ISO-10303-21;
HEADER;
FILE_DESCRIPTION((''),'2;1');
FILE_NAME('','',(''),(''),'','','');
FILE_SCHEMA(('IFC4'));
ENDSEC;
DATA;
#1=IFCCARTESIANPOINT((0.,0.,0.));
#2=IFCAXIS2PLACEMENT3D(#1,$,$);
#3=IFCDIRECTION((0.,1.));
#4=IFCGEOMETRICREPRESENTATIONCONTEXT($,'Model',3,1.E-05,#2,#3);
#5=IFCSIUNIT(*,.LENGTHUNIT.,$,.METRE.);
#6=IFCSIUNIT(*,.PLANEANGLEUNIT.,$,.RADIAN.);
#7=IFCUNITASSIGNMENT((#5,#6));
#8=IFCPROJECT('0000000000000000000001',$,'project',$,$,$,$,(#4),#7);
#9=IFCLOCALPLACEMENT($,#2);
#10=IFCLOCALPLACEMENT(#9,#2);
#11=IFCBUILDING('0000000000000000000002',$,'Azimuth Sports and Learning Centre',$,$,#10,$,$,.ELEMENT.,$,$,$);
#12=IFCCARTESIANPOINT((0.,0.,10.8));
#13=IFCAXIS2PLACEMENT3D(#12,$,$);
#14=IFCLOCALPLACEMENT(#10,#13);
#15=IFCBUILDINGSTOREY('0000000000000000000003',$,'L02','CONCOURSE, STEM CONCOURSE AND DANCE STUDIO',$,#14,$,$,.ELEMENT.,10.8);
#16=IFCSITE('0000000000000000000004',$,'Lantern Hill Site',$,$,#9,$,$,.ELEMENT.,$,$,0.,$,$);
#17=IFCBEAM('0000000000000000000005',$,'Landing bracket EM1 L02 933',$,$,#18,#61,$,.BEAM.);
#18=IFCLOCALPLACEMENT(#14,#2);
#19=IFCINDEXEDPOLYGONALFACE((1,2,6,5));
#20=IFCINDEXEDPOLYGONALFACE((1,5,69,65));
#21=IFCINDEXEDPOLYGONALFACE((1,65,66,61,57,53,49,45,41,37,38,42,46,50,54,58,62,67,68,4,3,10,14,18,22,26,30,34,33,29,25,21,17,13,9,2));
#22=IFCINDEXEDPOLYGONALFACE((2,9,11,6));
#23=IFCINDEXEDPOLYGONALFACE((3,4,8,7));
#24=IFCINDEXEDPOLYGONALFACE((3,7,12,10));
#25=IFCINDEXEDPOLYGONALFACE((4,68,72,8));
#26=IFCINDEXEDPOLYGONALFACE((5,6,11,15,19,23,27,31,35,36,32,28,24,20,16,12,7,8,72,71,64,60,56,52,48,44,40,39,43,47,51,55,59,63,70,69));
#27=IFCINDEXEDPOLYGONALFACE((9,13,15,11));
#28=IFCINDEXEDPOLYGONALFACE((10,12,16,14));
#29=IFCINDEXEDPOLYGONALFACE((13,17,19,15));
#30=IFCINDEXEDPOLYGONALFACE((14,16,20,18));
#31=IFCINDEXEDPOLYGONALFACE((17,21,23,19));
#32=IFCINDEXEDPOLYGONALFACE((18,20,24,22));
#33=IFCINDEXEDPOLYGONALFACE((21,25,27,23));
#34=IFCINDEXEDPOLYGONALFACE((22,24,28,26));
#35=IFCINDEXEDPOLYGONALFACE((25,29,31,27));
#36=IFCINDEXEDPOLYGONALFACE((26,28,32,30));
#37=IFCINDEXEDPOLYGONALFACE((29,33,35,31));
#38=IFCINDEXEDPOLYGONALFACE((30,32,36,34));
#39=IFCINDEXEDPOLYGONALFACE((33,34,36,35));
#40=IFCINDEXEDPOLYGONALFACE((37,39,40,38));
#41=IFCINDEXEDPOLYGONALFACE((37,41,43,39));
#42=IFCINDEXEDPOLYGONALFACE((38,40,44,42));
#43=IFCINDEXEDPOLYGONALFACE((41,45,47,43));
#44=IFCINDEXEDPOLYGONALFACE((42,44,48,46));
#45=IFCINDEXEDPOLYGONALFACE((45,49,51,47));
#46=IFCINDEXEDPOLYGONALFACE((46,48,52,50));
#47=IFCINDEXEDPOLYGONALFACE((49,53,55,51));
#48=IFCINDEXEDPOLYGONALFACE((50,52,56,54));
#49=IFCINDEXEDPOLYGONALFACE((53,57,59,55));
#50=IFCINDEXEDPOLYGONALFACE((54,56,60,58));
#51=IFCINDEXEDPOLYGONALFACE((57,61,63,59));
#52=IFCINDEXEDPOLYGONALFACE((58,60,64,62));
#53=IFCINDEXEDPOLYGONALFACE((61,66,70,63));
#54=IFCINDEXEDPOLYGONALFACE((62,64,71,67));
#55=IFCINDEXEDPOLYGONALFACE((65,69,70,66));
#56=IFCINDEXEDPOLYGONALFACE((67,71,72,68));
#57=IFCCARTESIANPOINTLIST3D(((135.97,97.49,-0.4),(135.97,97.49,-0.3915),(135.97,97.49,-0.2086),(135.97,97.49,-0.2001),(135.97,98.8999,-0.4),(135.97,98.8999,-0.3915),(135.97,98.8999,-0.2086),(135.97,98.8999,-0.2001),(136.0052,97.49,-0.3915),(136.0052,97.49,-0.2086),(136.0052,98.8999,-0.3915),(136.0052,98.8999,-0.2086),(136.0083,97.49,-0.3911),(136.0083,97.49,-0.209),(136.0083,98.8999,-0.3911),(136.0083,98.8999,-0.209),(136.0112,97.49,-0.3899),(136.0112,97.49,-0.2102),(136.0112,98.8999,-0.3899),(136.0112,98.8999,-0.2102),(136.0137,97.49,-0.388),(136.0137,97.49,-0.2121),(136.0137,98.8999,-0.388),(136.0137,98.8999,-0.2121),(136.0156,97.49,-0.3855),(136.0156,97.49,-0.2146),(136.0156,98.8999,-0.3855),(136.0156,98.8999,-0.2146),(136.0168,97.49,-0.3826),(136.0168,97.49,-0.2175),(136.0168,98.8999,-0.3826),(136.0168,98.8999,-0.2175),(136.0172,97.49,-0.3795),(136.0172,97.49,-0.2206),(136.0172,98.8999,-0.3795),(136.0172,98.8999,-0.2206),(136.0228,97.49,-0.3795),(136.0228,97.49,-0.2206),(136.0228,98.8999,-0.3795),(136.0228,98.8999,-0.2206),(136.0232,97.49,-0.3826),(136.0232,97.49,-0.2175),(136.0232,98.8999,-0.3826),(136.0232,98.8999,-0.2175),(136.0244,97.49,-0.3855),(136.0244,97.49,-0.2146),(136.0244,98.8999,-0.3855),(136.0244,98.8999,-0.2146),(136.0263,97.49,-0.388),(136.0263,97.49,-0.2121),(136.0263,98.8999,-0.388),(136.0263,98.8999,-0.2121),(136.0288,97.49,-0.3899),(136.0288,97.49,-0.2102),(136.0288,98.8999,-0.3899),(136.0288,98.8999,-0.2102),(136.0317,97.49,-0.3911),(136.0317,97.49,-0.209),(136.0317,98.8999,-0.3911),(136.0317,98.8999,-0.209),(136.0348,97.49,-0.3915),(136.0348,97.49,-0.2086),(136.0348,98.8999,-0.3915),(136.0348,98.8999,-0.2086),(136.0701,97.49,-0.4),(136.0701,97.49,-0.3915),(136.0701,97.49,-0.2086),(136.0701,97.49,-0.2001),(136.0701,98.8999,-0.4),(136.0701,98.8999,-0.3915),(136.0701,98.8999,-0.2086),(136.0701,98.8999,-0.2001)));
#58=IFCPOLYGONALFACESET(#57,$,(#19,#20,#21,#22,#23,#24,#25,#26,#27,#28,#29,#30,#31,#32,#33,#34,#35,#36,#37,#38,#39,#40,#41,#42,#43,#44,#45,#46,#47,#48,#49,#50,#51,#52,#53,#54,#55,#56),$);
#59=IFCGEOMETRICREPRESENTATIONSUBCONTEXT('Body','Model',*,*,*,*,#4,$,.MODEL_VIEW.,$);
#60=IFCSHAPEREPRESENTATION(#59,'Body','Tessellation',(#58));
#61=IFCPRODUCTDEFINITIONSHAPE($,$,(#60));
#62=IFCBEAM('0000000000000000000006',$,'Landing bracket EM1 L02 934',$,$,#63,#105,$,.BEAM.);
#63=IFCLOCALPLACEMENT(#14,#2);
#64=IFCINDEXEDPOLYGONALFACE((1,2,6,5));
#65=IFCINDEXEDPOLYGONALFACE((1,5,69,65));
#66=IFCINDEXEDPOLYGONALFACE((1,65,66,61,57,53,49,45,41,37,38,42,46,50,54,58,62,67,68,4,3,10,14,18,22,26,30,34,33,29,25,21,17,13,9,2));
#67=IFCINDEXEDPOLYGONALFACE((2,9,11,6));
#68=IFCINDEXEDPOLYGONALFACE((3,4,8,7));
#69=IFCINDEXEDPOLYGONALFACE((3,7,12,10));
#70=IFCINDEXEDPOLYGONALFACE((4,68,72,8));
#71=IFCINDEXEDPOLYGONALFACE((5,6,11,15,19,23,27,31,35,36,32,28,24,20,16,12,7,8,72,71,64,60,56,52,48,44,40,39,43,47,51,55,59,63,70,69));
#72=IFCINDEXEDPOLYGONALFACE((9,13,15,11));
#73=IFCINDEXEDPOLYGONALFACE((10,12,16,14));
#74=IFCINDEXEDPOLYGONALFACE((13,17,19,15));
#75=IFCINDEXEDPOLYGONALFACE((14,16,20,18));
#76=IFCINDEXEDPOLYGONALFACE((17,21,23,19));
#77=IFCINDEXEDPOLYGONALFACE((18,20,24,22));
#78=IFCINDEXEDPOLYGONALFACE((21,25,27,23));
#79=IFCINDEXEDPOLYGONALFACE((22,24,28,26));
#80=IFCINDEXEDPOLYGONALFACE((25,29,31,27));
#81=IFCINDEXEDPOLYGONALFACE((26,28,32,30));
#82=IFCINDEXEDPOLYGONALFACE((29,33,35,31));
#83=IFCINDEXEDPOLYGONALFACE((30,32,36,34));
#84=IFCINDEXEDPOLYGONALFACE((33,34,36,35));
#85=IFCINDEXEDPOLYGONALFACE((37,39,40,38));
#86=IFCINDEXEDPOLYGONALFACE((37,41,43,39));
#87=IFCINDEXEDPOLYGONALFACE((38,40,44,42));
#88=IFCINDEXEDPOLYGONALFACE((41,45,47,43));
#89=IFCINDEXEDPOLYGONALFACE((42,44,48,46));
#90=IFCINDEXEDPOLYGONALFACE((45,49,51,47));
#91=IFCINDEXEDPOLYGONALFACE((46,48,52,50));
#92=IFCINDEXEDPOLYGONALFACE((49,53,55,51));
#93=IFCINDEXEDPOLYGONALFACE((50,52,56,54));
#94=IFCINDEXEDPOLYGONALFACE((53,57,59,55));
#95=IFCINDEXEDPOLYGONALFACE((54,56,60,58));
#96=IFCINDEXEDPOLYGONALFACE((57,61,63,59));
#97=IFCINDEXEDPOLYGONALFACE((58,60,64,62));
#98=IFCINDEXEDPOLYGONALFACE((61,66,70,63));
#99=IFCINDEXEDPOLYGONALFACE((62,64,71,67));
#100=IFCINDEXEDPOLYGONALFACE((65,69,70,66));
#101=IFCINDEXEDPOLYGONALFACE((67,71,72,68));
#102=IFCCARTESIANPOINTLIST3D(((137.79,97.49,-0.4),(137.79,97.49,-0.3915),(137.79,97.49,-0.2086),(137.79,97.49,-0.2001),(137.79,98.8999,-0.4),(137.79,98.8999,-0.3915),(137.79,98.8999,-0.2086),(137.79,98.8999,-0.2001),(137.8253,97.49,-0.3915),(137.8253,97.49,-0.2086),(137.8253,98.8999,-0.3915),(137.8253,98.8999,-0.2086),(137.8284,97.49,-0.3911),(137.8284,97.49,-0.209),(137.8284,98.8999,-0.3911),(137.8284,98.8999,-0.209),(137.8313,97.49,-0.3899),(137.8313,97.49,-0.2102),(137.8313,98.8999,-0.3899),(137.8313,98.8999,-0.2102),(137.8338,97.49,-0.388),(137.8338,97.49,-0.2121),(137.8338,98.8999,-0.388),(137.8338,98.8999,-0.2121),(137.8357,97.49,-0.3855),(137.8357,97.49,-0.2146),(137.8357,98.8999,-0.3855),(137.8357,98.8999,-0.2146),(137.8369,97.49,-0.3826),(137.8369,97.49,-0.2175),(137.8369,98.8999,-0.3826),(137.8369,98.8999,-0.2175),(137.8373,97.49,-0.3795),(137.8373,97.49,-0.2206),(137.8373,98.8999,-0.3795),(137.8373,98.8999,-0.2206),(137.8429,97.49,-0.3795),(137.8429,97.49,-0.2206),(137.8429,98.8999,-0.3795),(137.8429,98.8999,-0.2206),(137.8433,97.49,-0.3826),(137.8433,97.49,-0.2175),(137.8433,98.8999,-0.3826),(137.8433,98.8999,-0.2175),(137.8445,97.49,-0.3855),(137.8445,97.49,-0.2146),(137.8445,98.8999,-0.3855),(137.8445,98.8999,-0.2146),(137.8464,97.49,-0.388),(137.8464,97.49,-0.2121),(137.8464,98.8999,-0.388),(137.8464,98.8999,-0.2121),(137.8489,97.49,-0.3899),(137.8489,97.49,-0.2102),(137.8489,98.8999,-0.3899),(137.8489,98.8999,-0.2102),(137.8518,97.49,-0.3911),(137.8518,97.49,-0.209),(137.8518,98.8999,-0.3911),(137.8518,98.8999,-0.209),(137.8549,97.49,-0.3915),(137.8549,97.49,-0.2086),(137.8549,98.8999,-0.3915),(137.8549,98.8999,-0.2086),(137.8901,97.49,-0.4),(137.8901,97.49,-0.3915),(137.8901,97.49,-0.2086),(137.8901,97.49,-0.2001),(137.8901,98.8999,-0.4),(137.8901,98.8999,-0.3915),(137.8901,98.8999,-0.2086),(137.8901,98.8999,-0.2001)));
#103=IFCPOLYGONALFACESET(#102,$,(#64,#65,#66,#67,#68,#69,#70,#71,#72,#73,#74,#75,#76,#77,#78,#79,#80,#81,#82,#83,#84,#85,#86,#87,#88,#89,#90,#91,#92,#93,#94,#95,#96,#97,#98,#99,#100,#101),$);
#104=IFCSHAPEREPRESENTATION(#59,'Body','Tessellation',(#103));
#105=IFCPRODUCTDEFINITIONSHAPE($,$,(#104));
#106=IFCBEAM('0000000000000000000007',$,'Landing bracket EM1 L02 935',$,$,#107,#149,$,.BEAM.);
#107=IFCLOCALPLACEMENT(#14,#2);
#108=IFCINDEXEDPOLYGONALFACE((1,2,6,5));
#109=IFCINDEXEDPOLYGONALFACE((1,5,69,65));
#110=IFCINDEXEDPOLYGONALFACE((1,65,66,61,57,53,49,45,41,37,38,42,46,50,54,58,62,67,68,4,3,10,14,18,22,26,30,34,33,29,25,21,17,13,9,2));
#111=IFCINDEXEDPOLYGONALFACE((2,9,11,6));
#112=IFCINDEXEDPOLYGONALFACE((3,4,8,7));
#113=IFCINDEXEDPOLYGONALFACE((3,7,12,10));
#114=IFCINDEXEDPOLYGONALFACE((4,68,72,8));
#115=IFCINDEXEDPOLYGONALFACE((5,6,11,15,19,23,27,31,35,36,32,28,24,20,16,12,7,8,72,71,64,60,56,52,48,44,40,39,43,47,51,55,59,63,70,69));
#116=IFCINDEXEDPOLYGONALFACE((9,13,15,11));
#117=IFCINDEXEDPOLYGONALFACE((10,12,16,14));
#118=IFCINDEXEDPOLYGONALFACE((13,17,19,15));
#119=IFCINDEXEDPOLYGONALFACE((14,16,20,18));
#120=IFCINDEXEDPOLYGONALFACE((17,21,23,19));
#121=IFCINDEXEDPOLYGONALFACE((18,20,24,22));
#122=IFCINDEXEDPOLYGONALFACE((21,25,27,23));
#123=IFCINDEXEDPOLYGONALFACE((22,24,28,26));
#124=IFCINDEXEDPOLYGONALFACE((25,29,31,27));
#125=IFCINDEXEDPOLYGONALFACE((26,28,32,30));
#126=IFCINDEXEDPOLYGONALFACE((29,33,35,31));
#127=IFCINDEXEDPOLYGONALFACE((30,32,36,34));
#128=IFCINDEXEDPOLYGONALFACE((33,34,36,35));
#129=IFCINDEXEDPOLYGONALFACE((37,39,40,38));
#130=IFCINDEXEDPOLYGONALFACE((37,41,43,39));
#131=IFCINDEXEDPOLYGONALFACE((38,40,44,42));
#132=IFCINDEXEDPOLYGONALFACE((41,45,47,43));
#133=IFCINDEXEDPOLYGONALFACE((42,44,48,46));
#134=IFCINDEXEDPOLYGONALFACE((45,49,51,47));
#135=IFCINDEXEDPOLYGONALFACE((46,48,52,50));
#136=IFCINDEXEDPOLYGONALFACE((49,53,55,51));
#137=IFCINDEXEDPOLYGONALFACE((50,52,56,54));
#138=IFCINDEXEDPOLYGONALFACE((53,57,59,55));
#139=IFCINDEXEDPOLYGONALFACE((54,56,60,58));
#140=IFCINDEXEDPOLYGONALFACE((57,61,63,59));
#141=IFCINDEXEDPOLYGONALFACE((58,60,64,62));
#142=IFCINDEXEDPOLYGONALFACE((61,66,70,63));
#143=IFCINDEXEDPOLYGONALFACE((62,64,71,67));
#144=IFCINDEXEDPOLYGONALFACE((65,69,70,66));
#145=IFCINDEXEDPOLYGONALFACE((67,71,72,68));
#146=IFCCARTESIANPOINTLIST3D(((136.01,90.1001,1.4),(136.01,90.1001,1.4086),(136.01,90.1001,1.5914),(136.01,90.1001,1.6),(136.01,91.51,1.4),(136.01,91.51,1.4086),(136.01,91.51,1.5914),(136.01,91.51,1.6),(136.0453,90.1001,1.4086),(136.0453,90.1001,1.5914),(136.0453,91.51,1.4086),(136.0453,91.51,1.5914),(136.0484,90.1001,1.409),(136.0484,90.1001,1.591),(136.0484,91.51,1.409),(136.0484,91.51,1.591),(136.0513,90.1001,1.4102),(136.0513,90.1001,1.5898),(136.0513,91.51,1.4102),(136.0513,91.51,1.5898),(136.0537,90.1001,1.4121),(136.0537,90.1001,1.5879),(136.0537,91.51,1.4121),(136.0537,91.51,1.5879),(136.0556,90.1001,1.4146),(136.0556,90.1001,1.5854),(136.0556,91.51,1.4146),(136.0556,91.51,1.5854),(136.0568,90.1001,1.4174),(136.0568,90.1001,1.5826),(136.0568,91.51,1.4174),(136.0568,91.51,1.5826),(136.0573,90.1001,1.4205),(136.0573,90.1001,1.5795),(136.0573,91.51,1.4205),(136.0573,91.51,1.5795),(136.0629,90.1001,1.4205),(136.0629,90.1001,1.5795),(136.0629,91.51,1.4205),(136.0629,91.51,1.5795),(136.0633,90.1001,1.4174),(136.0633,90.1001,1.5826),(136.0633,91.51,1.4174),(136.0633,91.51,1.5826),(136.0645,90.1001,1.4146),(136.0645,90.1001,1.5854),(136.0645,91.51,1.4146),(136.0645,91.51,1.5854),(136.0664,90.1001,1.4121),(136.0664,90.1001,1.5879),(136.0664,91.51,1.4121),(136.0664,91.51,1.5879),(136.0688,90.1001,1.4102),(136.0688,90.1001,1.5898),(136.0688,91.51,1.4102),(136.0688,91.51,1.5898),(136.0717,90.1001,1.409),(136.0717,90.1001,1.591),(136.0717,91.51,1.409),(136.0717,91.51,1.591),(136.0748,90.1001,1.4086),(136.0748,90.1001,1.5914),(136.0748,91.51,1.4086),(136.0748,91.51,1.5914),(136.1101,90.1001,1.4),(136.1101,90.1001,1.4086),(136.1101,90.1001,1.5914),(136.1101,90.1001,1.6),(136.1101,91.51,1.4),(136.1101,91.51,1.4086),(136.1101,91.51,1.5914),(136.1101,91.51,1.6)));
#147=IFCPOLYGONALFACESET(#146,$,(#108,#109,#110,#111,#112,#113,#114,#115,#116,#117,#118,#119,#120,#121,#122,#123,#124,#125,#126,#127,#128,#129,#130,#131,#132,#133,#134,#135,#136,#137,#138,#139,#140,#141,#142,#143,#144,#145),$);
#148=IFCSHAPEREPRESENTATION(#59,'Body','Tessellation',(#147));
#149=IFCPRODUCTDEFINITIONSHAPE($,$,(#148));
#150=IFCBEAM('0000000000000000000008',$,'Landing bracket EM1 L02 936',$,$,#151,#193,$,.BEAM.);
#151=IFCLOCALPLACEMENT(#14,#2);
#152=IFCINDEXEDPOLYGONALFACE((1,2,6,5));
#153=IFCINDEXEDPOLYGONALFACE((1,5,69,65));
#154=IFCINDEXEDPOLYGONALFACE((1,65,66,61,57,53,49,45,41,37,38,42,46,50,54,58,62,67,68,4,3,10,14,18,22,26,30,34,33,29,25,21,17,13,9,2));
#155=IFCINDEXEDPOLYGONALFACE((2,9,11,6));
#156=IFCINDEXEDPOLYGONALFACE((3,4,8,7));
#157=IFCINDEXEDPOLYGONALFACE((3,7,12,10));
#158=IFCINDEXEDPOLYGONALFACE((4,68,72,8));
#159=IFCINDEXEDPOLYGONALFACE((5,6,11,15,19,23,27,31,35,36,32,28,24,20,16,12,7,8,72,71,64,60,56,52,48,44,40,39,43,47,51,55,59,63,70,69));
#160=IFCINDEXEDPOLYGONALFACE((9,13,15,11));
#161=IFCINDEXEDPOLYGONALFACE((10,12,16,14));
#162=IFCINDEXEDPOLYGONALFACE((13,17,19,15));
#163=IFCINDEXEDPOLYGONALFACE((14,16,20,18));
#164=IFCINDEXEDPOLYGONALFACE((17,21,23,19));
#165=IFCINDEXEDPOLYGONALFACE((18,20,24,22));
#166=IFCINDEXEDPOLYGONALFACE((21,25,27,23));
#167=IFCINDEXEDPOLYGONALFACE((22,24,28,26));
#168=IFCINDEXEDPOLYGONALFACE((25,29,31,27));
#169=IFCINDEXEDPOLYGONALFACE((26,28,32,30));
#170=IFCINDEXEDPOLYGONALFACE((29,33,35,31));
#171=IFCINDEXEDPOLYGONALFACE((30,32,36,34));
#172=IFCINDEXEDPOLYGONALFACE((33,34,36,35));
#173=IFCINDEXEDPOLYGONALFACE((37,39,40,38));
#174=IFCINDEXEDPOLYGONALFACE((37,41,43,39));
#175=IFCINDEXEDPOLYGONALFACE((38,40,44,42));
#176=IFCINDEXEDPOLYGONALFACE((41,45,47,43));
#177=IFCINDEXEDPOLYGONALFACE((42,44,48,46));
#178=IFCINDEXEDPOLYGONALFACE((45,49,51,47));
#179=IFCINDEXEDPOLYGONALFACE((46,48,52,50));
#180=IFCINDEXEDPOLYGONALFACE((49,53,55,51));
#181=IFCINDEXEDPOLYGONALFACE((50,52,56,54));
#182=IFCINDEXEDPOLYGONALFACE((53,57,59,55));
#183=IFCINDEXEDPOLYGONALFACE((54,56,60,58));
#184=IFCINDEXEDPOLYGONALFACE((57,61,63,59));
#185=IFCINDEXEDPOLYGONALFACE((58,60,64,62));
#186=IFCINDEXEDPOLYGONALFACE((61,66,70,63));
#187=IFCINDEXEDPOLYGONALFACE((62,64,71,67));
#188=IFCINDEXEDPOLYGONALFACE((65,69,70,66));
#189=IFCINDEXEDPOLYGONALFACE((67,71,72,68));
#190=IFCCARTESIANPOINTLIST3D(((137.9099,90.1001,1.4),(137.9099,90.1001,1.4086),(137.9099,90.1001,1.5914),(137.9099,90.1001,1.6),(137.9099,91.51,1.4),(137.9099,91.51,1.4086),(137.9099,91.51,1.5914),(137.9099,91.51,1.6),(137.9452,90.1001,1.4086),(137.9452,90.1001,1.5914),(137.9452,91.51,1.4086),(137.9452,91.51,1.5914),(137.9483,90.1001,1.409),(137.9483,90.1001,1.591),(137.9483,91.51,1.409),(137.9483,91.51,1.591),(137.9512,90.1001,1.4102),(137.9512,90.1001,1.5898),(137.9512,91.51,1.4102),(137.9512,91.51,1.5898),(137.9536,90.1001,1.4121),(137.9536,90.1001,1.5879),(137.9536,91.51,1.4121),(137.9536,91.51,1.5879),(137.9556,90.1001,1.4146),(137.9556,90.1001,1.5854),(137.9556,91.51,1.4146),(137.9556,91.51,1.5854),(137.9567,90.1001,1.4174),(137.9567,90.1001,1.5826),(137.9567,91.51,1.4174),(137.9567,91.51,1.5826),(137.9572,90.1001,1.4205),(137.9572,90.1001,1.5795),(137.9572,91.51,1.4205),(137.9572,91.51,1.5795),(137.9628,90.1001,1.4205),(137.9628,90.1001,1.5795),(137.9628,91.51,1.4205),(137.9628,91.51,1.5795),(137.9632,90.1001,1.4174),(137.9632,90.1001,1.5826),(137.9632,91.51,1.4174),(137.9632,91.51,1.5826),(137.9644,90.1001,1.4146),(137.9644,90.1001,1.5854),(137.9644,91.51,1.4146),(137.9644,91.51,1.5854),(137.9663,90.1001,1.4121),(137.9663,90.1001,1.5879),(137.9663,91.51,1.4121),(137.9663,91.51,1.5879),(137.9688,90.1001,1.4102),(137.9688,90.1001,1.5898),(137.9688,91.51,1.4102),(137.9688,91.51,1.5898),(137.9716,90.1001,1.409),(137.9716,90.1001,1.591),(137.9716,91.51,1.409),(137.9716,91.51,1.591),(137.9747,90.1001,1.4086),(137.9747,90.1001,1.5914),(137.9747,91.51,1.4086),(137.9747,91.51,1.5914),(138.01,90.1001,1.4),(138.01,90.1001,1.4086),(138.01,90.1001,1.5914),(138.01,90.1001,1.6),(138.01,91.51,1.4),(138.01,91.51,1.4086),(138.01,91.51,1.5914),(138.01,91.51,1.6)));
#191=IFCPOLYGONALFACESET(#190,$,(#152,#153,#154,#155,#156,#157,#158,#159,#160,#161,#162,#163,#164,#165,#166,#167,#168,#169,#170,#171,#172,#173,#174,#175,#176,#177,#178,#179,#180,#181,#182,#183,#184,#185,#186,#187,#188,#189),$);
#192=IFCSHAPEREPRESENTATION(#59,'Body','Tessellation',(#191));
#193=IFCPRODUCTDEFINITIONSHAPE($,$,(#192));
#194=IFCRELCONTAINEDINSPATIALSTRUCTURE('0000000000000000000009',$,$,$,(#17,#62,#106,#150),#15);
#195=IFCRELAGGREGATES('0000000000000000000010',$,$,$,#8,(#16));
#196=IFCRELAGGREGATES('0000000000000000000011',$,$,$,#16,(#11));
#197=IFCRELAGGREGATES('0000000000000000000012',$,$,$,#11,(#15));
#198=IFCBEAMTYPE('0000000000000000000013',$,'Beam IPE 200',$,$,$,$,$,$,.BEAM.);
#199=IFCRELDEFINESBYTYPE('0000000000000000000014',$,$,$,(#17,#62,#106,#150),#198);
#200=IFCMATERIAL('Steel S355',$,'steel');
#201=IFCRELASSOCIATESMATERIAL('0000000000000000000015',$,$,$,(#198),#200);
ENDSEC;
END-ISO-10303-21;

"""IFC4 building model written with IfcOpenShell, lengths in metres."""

from ifc_helpers import new_model, si_unit, direction, frame, origin, origin_2d, place, context, subcontext, project, spatial, i_section, extrude, material, material_profile, profile_set, type_object, element, save


model = new_model("IFC4")

# Units and contexts
model_context = context("Model", 3, precision=1e-05, world=origin(), true_north=direction((0.0, 1.0)))
body_context = subcontext(model_context, "Body", "Model", "MODEL_VIEW")
ifc_project = project(units=[si_unit("LENGTHUNIT", "METRE"), si_unit("PLANEANGLEUNIT", "RADIAN")], contexts=[model_context])

# Site, building, storey
site_placement = place(None, origin())
site = spatial("IfcSite", under=ifc_project, at=site_placement, Name="Lantern Hill Site", CompositionType="ELEMENT", RefElevation=0.0)
building_placement = place(site_placement, origin())
building = spatial("IfcBuilding", under=site, at=building_placement, Name="Azimuth Sports and Learning Centre", CompositionType="ELEMENT")
storey_placement = place(building_placement, frame((0.0, 0.0, 10.8)))
storey = spatial("IfcBuildingStorey", under=building, at=storey_placement, Name="L02", Description="CONCOURSE, STEM CONCOURSE AND DANCE STUDIO", CompositionType="ELEMENT", Elevation=10.8)

# Beams
ifc_material_1 = material(Name="Steel S355", Category="steel")
ifc_material_profile_1 = material_profile(ifc_material_1, i_section(OverallWidth=0.1001, OverallDepth=0.2, WebThickness=0.0056, FlangeThickness=0.0085, FilletRadius=0.012, at=origin_2d()), Name="IPE 200")
ifc_profile_set_1 = profile_set([ifc_material_profile_1], Name="Steel S355")
beam_type_1 = type_object("IfcBeamType", Name="Beam IPE 200", PredefinedType="BEAM", material=ifc_profile_set_1)
for number, where, z_axis, x_axis, name in (
    (1, (136.02, 98.8999, -0.3), (0.0, -1.0, 0.0), (1.0, 0.0, 0.0), "Landing bracket EM1 L02 933"),
    (2, (137.8401, 98.8999, -0.3), (0.0, -1.0, 0.0), (1.0, 0.0, 0.0), "Landing bracket EM1 L02 934"),
    (3, (136.0601, 90.1001, 1.5), (0.0, 1.0, 0.0), (-1.0, 0.0, 0.0), "Landing bracket EM1 L02 935"),
    (4, (137.96, 90.1001, 1.5), (0.0, 1.0, 0.0), (-1.0, 0.0, 0.0), "Landing bracket EM1 L02 936"),
):
    element("IfcBeam", number, at=place(storey_placement, frame(where, z_axis=z_axis, x_axis=x_axis)), inside=storey, type_object=beam_type_1, Name=name, PredefinedType="BEAM", context=body_context, shape_type="SweptSolid", body=[
        extrude(i_section(OverallWidth=0.1001, OverallDepth=0.2, WebThickness=0.0056, FlangeThickness=0.0085, FilletRadius=0.012, at=origin_2d()), origin(), (0.0, 0.0, 1.0), 1.4099),
    ])

save(model, "model.ifc")
